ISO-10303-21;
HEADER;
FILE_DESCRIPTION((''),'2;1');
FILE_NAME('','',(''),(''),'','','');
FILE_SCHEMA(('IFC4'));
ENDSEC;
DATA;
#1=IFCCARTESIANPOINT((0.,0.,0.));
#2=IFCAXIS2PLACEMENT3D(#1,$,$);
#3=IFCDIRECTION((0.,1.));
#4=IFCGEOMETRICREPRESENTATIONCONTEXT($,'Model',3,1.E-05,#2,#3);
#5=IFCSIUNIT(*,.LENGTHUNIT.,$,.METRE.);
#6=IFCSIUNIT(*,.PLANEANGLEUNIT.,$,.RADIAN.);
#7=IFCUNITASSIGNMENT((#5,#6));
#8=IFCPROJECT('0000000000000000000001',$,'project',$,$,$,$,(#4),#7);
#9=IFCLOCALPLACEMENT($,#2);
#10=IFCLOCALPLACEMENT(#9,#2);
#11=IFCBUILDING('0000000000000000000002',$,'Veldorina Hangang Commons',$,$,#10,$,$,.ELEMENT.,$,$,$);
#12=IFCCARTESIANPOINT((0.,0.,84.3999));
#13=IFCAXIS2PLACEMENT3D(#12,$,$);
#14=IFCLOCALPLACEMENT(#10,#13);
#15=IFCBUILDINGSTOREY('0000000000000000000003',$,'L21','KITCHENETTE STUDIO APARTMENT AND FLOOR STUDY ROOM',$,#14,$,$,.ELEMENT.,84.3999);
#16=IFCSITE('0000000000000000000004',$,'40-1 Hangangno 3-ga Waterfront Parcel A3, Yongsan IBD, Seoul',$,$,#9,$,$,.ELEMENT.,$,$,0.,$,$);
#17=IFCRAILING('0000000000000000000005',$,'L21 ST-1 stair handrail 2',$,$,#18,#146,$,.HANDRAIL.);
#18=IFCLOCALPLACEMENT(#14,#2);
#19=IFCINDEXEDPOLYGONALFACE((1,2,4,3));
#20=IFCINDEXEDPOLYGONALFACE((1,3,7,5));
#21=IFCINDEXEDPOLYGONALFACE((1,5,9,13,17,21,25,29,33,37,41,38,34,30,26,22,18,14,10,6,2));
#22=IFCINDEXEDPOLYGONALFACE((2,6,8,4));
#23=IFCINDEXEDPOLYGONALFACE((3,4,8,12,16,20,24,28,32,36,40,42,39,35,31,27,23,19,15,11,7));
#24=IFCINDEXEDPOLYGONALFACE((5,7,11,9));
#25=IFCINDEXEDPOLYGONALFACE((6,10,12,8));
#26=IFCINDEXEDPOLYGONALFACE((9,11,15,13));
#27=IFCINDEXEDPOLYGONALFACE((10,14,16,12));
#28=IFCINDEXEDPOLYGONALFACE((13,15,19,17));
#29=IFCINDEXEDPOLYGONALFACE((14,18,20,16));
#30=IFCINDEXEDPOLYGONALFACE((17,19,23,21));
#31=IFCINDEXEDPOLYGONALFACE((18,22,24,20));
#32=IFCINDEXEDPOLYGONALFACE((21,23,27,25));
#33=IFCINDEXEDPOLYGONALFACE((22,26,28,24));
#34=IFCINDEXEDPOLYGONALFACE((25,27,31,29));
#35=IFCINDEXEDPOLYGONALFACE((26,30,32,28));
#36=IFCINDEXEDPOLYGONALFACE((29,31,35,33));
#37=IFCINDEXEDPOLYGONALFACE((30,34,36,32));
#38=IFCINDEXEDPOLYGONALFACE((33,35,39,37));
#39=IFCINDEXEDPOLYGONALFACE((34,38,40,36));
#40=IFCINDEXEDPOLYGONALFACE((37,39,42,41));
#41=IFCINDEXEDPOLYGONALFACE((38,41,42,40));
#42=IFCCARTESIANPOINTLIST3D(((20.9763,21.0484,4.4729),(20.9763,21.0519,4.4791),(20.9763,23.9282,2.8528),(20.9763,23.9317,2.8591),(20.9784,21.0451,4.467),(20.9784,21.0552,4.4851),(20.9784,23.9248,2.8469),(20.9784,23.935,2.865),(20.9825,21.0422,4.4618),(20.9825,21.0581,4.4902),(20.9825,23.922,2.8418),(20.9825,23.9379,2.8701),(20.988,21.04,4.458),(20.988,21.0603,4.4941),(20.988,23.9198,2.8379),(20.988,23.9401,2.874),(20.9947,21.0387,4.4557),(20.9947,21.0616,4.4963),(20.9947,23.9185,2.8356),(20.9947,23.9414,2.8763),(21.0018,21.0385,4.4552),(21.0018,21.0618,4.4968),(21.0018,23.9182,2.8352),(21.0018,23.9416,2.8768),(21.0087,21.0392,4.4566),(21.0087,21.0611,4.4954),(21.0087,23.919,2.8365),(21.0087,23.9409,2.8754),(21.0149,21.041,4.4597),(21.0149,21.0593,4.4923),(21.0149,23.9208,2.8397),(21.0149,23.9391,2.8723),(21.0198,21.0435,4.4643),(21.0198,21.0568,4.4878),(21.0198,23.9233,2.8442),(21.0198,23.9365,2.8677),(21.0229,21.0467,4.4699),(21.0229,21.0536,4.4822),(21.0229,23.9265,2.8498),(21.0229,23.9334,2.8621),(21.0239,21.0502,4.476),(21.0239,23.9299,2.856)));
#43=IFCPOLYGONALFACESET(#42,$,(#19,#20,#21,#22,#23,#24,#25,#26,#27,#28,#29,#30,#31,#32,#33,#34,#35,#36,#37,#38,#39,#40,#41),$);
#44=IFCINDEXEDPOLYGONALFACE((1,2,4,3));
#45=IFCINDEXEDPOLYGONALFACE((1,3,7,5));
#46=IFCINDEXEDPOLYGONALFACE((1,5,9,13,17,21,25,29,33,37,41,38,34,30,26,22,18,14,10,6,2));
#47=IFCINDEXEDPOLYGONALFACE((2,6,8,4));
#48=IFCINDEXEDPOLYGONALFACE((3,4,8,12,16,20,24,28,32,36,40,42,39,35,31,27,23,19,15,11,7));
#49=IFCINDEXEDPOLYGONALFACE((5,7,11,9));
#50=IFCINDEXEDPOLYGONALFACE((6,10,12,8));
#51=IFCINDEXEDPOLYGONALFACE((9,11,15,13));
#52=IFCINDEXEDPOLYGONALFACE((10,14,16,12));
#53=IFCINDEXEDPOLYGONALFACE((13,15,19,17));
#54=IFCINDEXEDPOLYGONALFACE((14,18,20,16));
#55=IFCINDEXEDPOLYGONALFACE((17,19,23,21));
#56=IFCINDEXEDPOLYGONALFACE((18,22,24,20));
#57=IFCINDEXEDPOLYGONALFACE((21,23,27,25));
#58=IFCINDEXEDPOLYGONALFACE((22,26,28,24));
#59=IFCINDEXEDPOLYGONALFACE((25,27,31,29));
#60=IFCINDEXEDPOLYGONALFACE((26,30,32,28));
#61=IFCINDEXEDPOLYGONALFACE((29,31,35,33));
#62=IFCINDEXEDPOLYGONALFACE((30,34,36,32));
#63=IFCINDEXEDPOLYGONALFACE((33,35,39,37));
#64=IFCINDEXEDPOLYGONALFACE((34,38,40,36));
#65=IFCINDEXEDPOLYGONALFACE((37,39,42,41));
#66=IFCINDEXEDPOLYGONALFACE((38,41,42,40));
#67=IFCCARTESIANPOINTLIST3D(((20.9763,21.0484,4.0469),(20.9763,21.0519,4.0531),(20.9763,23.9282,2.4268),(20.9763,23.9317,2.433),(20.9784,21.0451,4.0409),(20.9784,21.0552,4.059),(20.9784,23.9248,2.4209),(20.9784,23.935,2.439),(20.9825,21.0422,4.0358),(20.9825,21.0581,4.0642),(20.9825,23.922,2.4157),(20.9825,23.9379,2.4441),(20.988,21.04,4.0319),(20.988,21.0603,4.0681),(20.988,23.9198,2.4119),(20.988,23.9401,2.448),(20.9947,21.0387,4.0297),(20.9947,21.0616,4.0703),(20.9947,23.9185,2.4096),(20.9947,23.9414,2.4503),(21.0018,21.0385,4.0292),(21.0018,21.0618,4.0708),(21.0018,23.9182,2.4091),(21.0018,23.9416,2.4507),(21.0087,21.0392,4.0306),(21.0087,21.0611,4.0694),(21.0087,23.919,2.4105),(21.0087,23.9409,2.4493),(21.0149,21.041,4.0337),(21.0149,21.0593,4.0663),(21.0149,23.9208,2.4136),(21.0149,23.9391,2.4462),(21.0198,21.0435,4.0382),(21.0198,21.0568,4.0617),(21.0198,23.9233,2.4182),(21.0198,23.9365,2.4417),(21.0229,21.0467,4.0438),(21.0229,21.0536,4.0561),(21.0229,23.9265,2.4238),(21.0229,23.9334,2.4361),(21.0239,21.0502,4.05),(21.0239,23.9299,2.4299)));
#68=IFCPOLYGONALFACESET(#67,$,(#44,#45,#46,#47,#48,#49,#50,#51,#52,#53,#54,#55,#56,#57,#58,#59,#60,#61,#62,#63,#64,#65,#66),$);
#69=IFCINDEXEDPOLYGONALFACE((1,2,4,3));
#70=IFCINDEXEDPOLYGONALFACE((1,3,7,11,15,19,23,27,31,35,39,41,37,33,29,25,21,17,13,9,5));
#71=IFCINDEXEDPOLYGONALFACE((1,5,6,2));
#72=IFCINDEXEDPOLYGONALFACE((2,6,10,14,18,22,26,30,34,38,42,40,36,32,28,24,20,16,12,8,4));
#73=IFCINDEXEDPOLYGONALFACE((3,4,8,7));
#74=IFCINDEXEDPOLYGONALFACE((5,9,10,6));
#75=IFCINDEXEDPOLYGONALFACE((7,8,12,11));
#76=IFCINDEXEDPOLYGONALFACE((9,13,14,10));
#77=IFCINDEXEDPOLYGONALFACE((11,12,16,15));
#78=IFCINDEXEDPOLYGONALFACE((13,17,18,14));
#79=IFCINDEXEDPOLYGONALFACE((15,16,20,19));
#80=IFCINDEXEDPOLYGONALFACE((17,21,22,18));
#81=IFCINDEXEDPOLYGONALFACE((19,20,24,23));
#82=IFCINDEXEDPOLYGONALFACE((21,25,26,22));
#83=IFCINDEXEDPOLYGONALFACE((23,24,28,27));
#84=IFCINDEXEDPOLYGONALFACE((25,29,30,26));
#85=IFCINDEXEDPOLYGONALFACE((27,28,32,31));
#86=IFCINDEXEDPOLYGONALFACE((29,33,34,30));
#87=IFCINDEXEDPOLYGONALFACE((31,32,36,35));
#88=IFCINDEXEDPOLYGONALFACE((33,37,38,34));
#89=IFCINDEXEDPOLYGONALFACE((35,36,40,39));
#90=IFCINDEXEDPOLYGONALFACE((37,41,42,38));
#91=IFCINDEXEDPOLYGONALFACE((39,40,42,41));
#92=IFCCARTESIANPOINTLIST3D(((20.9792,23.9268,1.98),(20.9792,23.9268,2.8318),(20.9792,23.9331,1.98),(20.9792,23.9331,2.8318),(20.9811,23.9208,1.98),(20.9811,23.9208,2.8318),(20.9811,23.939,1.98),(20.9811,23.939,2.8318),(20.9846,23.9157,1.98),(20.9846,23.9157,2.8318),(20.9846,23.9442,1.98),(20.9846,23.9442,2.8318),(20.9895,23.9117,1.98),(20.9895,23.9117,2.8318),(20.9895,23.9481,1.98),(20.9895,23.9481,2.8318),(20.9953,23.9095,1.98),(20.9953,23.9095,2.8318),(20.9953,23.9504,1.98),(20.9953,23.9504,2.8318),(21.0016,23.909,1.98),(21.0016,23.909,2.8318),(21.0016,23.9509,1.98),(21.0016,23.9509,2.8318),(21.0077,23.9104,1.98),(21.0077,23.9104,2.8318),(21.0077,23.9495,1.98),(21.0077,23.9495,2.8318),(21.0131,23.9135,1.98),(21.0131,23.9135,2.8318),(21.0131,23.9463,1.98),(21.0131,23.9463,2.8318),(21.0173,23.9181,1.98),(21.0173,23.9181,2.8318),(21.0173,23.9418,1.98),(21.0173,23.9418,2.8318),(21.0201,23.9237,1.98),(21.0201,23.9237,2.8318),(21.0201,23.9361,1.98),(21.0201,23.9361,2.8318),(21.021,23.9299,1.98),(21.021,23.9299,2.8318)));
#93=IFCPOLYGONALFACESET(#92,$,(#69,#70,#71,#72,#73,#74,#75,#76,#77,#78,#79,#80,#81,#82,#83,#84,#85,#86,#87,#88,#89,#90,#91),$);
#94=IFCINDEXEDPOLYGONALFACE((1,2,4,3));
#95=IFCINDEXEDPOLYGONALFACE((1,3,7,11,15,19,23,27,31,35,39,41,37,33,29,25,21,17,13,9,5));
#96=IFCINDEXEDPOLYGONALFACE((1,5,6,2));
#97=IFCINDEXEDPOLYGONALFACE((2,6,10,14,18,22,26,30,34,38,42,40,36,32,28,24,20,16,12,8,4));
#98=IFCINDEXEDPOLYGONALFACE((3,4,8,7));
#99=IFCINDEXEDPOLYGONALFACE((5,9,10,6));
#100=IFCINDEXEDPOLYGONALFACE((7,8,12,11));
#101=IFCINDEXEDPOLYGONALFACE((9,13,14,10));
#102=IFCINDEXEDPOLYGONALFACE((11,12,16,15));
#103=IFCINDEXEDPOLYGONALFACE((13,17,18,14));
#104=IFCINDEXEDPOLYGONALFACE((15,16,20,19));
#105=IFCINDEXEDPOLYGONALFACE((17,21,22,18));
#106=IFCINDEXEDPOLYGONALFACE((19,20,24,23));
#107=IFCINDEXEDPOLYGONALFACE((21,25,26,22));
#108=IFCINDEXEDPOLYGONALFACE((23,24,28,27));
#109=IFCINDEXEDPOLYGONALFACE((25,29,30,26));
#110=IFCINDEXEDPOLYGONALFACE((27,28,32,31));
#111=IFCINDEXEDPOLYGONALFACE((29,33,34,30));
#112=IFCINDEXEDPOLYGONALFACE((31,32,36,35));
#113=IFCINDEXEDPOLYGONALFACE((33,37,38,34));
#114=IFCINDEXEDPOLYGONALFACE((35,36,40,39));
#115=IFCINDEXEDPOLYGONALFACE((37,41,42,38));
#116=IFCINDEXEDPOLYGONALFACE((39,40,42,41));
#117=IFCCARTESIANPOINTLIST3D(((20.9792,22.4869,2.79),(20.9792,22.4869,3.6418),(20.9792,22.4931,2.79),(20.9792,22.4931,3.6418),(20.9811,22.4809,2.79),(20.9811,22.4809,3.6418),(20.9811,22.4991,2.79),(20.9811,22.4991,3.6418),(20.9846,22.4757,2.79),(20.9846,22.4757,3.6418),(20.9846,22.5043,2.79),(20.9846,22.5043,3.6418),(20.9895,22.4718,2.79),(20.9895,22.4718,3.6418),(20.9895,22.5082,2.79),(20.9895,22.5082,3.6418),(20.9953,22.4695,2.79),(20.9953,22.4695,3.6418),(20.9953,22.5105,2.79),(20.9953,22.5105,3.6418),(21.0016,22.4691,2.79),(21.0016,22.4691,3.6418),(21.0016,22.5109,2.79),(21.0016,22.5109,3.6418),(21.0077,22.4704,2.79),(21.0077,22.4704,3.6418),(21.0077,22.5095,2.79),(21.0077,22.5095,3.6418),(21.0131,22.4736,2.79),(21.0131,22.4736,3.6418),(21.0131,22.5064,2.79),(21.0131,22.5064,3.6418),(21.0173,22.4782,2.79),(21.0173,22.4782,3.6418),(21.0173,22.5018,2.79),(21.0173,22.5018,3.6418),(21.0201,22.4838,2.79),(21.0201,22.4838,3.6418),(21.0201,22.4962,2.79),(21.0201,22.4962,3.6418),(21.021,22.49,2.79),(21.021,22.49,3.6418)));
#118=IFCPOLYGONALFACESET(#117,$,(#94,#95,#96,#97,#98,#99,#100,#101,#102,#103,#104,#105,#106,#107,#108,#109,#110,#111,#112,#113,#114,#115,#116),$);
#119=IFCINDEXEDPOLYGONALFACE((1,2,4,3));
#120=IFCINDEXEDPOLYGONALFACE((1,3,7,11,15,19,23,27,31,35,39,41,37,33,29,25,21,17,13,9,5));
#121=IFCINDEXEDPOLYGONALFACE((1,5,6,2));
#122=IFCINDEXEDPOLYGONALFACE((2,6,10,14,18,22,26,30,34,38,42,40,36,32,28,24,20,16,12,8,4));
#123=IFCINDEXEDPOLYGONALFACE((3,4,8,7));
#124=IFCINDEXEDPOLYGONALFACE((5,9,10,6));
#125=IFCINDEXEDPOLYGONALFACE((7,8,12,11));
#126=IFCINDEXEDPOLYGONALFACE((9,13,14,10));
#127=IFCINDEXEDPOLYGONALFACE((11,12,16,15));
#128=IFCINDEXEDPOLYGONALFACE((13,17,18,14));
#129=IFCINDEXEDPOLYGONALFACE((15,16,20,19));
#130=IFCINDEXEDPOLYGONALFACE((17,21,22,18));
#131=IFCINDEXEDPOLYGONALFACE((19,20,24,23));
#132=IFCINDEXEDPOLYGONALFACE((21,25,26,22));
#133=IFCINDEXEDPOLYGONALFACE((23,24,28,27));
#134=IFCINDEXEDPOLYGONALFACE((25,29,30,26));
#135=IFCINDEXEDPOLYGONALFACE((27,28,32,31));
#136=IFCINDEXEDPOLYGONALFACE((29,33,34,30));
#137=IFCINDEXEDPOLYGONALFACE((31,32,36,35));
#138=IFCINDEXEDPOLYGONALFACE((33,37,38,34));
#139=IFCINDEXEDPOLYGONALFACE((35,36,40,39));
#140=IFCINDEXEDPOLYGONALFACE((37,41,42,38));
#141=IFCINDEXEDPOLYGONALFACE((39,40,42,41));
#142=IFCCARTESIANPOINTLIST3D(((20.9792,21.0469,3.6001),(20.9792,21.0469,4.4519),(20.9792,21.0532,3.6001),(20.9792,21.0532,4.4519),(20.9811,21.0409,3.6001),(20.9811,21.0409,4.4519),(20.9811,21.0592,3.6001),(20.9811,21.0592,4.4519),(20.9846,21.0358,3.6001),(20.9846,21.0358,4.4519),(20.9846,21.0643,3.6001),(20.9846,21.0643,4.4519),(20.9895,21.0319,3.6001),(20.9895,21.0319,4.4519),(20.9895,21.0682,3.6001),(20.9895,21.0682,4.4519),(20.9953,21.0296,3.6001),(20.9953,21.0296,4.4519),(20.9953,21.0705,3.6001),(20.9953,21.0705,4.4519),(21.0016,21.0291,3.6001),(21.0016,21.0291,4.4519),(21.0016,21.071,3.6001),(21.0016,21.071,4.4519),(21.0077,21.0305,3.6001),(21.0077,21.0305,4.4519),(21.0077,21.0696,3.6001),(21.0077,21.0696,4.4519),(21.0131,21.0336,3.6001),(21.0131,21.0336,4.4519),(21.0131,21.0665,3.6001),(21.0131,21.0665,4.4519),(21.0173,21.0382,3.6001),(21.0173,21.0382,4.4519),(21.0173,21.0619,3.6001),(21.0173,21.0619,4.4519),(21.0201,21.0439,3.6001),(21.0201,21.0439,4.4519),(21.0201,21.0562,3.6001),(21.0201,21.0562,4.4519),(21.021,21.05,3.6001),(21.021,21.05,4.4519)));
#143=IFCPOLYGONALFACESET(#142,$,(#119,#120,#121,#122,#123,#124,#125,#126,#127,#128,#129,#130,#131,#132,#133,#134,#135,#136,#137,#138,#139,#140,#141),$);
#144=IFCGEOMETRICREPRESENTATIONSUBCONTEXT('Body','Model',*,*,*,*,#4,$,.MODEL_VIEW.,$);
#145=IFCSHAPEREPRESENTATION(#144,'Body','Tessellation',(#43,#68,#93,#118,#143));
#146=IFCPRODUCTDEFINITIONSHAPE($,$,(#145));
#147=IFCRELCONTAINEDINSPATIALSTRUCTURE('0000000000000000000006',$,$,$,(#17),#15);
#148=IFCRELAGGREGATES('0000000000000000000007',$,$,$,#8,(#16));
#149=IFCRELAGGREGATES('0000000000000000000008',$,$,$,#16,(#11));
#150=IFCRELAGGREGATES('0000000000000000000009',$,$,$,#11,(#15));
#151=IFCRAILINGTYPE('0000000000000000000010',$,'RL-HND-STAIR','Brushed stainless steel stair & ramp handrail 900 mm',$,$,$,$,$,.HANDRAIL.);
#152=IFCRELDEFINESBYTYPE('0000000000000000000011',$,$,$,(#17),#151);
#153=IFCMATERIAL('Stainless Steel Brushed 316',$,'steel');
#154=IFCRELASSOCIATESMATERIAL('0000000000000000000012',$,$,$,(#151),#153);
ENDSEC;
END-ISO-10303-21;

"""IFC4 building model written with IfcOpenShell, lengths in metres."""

from ifc_helpers import new_model, si_unit, direction, frame, origin, origin_2d, place, context, subcontext, project, spatial, circle, extrude, material, type_object, element, save


model = new_model("IFC4")

# Units and contexts
model_context = context("Model", 3, precision=1e-05, world=origin(), true_north=direction((0.0, 1.0)))
body_context = subcontext(model_context, "Body", "Model", "MODEL_VIEW")
ifc_project = project(units=[si_unit("LENGTHUNIT", "METRE"), si_unit("PLANEANGLEUNIT", "RADIAN")], contexts=[model_context])

# Site, building, storey
site_placement = place(None, origin())
site = spatial("IfcSite", under=ifc_project, at=site_placement, Name="40-1 Hangangno 3-ga Waterfront Parcel A3, Yongsan IBD, Seoul", CompositionType="ELEMENT", RefElevation=0.0)
building_placement = place(site_placement, origin())
building = spatial("IfcBuilding", under=site, at=building_placement, Name="Veldorina Hangang Commons", CompositionType="ELEMENT")
storey_placement = place(building_placement, frame((0.0, 0.0, 84.3999)))
storey = spatial("IfcBuildingStorey", under=building, at=storey_placement, Name="L21", Description="KITCHENETTE STUDIO APARTMENT AND FLOOR STUDY ROOM", CompositionType="ELEMENT", Elevation=84.3999)

# Railing
ifc_material_1 = material(Name="Stainless Steel Brushed 316", Category="steel")
railing_type_1 = type_object("IfcRailingType", Name="RL-HND-STAIR", Description="Brushed stainless steel stair & ramp handrail 900 mm", PredefinedType="HANDRAIL", material=ifc_material_1)
railing_1_placement = place(storey_placement, frame((21.0, 23.9299, 1.98)))
element("IfcRailing", 1, at=railing_1_placement, inside=storey, type_object=railing_type_1, Name="L21 ST-1 stair handrail 2", PredefinedType="HANDRAIL", context=body_context, shape_type="SweptSolid", body=[
    extrude(circle(Radius=0.0239, at=origin_2d()), frame((0.0, 0.0, 0.876), z_axis=(0.0, -0.871552, 0.490303), x_axis=(1.0, 0.0, 0.0)), (0.0, 0.0, 1.0), 3.3042),
    extrude(circle(Radius=0.0239, at=origin_2d()), frame((0.0, 0.0, 0.45), z_axis=(0.0, -0.871552, 0.490303), x_axis=(1.0, 0.0, 0.0)), (0.0, 0.0, 1.0), 3.3042),
    extrude(circle(Radius=0.021, at=origin_2d()), origin(), (0.0, 0.0, 1.0), 0.8518),
    extrude(circle(Radius=0.021, at=origin_2d()), frame((0.0, -1.4399, 0.8101)), (0.0, 0.0, 1.0), 0.8518),
    extrude(circle(Radius=0.021, at=origin_2d()), frame((0.0, -2.8799, 1.6201)), (0.0, 0.0, 1.0), 0.8518),
])

save(model, "model.ifc")
